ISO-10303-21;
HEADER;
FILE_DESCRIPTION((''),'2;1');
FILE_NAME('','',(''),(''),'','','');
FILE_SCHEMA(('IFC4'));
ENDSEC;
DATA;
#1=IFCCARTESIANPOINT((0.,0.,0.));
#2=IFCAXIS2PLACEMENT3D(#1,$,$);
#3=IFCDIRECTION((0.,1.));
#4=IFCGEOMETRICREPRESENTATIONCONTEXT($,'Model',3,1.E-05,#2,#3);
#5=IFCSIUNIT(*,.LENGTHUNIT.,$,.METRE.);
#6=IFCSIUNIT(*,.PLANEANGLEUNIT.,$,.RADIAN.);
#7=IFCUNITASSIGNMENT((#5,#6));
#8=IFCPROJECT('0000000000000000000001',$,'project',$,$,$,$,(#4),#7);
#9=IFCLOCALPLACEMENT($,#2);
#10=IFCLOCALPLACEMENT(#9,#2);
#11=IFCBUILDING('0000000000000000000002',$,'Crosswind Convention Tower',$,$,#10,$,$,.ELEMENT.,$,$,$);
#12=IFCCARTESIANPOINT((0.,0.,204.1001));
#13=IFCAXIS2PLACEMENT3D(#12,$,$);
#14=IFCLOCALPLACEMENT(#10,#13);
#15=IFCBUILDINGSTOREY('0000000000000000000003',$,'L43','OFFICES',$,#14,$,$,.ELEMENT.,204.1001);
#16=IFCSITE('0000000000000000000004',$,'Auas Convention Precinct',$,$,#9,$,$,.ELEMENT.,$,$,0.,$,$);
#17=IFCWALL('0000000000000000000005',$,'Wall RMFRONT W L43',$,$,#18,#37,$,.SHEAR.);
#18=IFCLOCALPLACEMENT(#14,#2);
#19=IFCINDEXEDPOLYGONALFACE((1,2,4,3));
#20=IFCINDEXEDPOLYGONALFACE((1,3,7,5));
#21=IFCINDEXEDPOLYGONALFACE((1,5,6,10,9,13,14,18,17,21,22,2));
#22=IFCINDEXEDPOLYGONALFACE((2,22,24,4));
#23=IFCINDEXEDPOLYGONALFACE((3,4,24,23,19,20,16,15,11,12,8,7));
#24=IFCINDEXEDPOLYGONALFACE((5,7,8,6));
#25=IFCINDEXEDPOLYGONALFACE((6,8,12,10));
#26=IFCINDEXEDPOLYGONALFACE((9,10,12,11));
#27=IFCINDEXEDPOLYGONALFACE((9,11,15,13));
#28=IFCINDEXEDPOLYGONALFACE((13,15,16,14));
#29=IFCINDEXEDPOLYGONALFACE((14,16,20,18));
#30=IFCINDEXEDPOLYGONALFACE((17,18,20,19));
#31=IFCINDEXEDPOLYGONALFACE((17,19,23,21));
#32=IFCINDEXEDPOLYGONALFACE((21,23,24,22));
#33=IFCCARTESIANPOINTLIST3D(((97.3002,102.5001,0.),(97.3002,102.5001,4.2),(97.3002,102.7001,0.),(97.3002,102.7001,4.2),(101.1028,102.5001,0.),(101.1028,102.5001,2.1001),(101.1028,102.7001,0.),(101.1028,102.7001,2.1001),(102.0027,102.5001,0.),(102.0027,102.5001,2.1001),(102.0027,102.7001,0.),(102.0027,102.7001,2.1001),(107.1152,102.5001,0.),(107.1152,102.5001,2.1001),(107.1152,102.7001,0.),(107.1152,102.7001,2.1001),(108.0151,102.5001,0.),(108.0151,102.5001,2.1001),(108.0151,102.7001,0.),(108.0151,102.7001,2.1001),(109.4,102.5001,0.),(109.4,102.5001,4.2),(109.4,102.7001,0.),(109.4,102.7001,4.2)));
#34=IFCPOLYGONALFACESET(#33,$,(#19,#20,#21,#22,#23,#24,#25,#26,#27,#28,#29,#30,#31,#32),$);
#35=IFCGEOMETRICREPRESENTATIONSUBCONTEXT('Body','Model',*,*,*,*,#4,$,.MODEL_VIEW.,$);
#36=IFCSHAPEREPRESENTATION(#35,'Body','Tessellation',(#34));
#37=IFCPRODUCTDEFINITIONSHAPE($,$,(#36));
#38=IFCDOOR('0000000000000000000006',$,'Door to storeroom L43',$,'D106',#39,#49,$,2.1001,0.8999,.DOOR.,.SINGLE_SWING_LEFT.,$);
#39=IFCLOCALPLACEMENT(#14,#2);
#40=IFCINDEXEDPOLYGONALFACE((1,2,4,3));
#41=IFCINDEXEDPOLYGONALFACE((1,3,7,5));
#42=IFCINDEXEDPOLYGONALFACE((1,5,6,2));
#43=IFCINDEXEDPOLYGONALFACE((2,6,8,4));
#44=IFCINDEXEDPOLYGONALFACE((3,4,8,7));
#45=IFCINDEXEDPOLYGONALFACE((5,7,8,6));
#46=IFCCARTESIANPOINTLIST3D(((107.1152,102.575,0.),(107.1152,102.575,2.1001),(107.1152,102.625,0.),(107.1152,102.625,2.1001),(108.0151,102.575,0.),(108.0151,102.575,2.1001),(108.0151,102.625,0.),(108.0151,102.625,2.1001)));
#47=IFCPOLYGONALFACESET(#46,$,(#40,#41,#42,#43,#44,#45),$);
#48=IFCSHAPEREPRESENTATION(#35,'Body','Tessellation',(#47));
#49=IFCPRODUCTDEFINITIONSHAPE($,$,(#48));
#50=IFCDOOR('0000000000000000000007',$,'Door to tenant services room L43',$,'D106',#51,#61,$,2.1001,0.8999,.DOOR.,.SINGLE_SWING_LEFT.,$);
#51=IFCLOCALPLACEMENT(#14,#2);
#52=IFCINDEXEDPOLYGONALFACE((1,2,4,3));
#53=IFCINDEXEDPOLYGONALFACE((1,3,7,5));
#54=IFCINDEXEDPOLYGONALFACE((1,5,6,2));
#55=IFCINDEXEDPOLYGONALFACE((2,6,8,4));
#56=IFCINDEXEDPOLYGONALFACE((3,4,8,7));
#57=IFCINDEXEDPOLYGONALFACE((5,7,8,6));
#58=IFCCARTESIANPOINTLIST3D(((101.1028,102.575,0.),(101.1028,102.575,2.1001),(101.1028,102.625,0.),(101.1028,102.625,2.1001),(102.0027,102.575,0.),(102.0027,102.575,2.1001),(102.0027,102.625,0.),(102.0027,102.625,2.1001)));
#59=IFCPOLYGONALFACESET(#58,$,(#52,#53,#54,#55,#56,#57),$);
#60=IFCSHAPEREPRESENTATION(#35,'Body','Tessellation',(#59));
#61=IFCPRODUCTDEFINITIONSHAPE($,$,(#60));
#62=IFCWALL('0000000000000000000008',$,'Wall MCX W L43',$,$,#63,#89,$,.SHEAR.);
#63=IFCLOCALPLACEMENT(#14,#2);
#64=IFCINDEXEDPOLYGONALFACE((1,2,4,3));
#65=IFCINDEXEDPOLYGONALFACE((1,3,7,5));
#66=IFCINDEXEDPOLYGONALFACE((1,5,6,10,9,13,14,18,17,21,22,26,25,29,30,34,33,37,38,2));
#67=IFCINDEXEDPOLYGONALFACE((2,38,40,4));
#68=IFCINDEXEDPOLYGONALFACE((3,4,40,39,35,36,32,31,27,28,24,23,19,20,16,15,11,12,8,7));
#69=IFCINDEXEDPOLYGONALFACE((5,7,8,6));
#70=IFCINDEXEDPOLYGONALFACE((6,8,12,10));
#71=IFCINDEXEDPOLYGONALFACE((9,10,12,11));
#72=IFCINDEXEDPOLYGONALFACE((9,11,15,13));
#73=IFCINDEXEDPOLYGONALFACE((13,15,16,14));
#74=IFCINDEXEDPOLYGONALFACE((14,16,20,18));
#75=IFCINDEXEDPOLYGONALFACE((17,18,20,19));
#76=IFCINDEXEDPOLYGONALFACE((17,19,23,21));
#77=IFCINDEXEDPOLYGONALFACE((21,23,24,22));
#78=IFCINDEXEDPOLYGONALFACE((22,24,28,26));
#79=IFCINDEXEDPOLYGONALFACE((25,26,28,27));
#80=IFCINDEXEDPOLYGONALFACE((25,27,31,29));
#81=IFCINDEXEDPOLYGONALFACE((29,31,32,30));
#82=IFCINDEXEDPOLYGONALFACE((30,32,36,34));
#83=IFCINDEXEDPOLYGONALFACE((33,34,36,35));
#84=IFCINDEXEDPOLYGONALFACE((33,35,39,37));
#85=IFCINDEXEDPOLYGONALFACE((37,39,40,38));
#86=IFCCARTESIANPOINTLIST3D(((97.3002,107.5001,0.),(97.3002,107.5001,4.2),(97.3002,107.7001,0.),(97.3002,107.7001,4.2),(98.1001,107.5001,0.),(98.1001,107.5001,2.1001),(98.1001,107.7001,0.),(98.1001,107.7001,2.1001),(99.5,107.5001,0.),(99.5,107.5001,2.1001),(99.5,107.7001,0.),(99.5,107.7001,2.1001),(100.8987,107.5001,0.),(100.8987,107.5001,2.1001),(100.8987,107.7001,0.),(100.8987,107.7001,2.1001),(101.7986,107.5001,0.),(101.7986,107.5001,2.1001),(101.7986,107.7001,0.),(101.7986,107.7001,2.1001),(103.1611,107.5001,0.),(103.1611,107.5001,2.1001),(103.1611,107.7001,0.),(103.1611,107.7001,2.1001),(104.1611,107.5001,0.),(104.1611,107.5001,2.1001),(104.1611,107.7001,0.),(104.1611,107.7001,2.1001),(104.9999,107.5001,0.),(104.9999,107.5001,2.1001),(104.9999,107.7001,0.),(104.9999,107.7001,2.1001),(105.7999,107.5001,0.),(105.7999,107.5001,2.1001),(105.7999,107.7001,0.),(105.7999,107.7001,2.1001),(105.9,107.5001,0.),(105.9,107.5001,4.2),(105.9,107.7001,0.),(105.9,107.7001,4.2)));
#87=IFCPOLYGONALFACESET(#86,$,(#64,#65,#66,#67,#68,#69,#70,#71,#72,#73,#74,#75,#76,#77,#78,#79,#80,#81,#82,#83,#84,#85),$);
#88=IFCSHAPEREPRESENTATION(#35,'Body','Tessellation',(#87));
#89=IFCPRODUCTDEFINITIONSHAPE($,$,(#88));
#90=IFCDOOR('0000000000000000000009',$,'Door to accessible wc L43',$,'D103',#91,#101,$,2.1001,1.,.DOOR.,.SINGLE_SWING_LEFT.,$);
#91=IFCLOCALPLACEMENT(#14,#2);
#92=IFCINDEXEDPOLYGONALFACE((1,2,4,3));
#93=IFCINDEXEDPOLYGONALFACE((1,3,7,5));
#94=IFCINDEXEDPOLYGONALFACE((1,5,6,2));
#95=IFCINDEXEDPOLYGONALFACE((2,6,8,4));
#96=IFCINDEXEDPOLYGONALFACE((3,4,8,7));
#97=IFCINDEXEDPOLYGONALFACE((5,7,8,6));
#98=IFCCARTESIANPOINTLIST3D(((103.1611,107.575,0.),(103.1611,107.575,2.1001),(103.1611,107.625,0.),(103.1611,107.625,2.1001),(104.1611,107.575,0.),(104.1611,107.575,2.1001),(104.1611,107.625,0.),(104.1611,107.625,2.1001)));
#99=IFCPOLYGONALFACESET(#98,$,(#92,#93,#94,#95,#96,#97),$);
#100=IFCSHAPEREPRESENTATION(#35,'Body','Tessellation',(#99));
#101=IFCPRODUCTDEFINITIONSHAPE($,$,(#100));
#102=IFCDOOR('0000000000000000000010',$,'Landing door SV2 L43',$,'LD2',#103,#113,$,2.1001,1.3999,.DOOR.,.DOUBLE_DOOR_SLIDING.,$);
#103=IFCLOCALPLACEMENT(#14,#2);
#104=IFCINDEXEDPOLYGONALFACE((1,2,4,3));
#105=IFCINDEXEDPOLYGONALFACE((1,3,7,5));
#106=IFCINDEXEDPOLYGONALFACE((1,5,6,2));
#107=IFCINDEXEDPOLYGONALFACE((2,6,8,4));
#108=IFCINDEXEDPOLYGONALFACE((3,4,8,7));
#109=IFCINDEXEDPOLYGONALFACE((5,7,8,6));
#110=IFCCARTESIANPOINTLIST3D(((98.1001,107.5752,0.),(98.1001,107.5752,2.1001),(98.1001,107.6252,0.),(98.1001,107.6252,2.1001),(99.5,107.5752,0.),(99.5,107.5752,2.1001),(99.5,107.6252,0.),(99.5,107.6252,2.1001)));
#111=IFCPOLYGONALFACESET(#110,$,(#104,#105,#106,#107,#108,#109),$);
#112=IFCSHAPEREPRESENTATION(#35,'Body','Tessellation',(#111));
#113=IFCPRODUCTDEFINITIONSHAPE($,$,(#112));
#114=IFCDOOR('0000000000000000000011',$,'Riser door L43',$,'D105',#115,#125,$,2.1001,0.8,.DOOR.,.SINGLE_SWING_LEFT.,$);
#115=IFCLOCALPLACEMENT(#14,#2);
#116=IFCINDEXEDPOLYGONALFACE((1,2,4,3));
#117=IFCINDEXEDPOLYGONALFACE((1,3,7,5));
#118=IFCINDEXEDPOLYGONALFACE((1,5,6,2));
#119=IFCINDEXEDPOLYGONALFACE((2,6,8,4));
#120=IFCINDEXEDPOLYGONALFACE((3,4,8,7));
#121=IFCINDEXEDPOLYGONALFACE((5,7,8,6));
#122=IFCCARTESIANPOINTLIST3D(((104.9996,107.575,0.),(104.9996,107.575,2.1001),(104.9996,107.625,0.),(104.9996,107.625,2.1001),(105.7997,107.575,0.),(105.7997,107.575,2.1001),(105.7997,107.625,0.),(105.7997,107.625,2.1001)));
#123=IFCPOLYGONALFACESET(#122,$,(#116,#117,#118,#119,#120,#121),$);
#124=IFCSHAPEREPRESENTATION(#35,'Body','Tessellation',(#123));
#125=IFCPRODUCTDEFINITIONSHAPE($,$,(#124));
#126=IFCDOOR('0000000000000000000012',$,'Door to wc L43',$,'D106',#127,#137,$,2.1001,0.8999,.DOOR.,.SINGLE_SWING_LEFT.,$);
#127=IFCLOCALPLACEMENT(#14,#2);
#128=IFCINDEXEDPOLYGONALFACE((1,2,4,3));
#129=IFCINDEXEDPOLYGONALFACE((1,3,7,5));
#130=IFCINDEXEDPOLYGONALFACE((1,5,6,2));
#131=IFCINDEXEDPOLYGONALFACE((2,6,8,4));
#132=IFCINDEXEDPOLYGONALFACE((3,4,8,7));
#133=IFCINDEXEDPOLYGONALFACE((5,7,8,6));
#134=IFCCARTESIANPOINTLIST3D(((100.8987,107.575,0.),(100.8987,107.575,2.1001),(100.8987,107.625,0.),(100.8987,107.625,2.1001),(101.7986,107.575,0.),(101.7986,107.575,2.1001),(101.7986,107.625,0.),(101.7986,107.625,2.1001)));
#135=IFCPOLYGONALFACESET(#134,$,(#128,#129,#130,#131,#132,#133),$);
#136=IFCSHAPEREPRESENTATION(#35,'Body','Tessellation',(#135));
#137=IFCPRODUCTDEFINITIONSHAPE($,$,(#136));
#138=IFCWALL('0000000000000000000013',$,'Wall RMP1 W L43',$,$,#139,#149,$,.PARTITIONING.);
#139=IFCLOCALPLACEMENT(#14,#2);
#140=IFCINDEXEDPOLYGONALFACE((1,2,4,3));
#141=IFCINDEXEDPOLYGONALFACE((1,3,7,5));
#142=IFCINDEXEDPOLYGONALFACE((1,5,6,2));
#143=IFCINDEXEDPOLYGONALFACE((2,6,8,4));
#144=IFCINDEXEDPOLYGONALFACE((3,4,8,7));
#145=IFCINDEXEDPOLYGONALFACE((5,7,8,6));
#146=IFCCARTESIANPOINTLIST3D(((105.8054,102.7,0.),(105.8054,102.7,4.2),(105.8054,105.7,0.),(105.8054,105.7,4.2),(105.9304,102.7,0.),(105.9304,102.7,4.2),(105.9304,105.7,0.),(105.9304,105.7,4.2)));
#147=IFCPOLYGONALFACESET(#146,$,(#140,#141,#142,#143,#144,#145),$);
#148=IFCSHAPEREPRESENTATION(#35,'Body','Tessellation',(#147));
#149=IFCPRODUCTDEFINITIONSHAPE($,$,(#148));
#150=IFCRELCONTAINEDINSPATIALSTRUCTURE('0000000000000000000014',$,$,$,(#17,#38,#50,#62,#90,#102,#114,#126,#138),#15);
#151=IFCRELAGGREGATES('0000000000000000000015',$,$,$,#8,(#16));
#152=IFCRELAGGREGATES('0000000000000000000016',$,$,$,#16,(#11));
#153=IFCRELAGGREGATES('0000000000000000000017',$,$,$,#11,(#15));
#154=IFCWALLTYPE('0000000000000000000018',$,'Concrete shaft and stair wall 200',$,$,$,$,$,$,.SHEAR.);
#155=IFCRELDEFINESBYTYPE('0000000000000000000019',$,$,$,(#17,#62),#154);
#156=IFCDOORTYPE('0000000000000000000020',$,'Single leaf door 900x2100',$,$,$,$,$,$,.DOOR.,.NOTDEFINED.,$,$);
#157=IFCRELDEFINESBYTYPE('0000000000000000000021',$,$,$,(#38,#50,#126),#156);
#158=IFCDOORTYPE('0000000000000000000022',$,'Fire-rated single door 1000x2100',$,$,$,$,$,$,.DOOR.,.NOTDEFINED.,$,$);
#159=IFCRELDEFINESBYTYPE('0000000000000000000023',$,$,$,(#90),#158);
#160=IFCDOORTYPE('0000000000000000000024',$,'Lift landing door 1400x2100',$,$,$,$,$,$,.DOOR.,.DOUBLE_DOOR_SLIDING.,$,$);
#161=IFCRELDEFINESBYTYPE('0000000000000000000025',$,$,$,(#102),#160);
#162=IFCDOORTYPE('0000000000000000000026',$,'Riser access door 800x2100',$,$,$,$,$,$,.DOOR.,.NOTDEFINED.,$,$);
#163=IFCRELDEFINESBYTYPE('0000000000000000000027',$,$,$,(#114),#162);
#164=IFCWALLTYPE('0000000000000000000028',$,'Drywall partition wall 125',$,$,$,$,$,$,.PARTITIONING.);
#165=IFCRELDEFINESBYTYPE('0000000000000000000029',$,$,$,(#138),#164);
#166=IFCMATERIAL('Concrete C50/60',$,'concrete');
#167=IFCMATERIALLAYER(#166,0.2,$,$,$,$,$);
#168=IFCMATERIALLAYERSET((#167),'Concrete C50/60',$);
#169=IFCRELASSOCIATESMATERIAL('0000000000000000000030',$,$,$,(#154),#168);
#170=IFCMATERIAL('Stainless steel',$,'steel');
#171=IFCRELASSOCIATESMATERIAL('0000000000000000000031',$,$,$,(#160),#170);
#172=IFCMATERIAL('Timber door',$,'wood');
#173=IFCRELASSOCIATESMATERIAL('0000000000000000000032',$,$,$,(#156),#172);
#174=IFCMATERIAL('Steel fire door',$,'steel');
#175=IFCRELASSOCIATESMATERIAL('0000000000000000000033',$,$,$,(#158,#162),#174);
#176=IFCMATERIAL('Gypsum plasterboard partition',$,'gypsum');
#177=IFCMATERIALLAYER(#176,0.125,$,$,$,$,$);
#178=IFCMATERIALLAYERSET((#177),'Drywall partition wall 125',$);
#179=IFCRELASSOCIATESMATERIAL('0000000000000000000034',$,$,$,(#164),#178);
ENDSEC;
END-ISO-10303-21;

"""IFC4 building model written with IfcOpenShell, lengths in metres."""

from ifc_helpers import new_model, si_unit, direction, frame, frame_2d, origin, place, context, subcontext, project, spatial, rectangle, extrude, material, layer, layer_set, type_object, element, fill, save


model = new_model("IFC4")

# Units and contexts
model_context = context("Model", 3, precision=1e-05, world=origin(), true_north=direction((0.0, 1.0)))
body_context = subcontext(model_context, "Body", "Model", "MODEL_VIEW")
ifc_project = project(units=[si_unit("LENGTHUNIT", "METRE"), si_unit("PLANEANGLEUNIT", "RADIAN")], contexts=[model_context])

# Site, building, storey
site_placement = place(None, origin())
site = spatial("IfcSite", under=ifc_project, at=site_placement, Name="Auas Convention Precinct", CompositionType="ELEMENT", RefElevation=0.0)
building_placement = place(site_placement, origin())
building = spatial("IfcBuilding", under=site, at=building_placement, Name="Crosswind Convention Tower", CompositionType="ELEMENT")
storey_placement = place(building_placement, frame((0.0, 0.0, 204.1001)))
storey = spatial("IfcBuildingStorey", under=building, at=storey_placement, Name="L43", Description="OFFICES", CompositionType="ELEMENT", Elevation=204.1001)

# Shared definitions
ifc_material_1 = material(Name="Concrete C50/60", Category="concrete")
ifc_layer_1 = layer(ifc_material_1, 0.2)
ifc_layer_set_1 = layer_set([ifc_layer_1], Name="Concrete C50/60")
wall_type_1 = type_object("IfcWallType", Name="Concrete shaft and stair wall 200", PredefinedType="SHEAR", material=ifc_layer_set_1)

# Shared definitions
ifc_material_2 = material(Name="Stainless steel", Category="steel")
door_type_1 = type_object("IfcDoorType", Name="Lift landing door 1400x2100", OperationType="DOUBLE_DOOR_SLIDING", PredefinedType="DOOR", material=ifc_material_2)

# Walls, openings, doors
wall_1_placement = place(storey_placement, frame((109.3999, 102.6001, 0.0), z_axis=(0.0, 0.0, 1.0), x_axis=(-1.0, 0.0, 0.0)))
wall_1 = element("IfcWall", 1, at=wall_1_placement, inside=storey, type_object=wall_type_1, Name="Wall RMFRONT W L43", PredefinedType="SHEAR", context=body_context, shape_type="SweptSolid", body=[
    extrude(rectangle(XDim=12.0999, YDim=0.2, at=frame_2d((6.0498, 0.0))), origin(), (0.0, 0.0, 1.0), 4.2),
])
opening_1_placement = place(wall_1_placement, frame((1.3848, 0.0, 0.0)))
opening_1 = element("IfcOpeningElement", 2, at=opening_1_placement, cuts=wall_1, PredefinedType="OPENING", context=body_context, shape_type="SweptSolid", body=[
    extrude(rectangle(XDim=0.8999, YDim=2.1001, at=frame_2d((0.45, 1.05))), frame((0.0, 0.1099, 0.0), z_axis=(0.0, -1.0, 0.0), x_axis=(1.0, 0.0, 0.0)), (0.0, 0.0, 1.0), 0.22),
])
opening_2_placement = place(wall_1_placement, frame((7.3972, 0.0, 0.0)))
opening_2 = element("IfcOpeningElement", 3, at=opening_2_placement, cuts=wall_1, PredefinedType="OPENING", context=body_context, shape_type="SweptSolid", body=[
    extrude(rectangle(XDim=0.8999, YDim=2.1001, at=frame_2d((0.45, 1.05))), frame((0.0, 0.1099, 0.0), z_axis=(0.0, -1.0, 0.0), x_axis=(1.0, 0.0, 0.0)), (0.0, 0.0, 1.0), 0.22),
])
ifc_material_3 = material(Name="Timber door", Category="wood")
door_type_2 = type_object("IfcDoorType", Name="Single leaf door 900x2100", OperationType="NOTDEFINED", PredefinedType="DOOR", material=ifc_material_3)
door_1_placement = place(opening_1_placement, frame((0.8999, 0.0, 0.0), z_axis=(0.0, 0.0, 1.0), x_axis=(-1.0, 0.0, 0.0)))
door_1 = element("IfcDoor", 4, at=door_1_placement, inside=storey, type_object=door_type_2, Name="Door to storeroom L43", ObjectType="D106", OperationType="SINGLE_SWING_LEFT", OverallHeight=2.1001, OverallWidth=0.8999, PredefinedType="DOOR", context=body_context, shape_type="SweptSolid", body=[
    extrude(rectangle(XDim=0.8999, YDim=2.1001, at=frame_2d((0.45, 1.05))), frame((0.0, 0.0249, 0.0), z_axis=(0.0, -1.0, 0.0), x_axis=(1.0, 0.0, 0.0)), (0.0, 0.0, 1.0), 0.05),
])
fill(opening_1, door_1)
door_2_placement = place(opening_2_placement, frame((0.8999, 0.0, 0.0), z_axis=(0.0, 0.0, 1.0), x_axis=(-1.0, 0.0, 0.0)))
door_2 = element("IfcDoor", 5, at=door_2_placement, inside=storey, type_object=door_type_2, Name="Door to tenant services room L43", ObjectType="D106", OperationType="SINGLE_SWING_LEFT", OverallHeight=2.1001, OverallWidth=0.8999, PredefinedType="DOOR", context=body_context, shape_type="SweptSolid", body=[
    extrude(rectangle(XDim=0.8999, YDim=2.1001, at=frame_2d((0.45, 1.05))), frame((0.0, 0.0249, 0.0), z_axis=(0.0, -1.0, 0.0), x_axis=(1.0, 0.0, 0.0)), (0.0, 0.0, 1.0), 0.05),
])
fill(opening_2, door_2)
wall_2_placement = place(storey_placement, frame((105.8999, 107.6001, 0.0), z_axis=(0.0, 0.0, 1.0), x_axis=(-1.0, 0.0, 0.0)))
wall_2 = element("IfcWall", 6, at=wall_2_placement, inside=storey, type_object=wall_type_1, Name="Wall MCX W L43", PredefinedType="SHEAR", context=body_context, shape_type="SweptSolid", body=[
    extrude(rectangle(XDim=8.5999, YDim=0.2, at=frame_2d((4.2998, 0.0))), origin(), (0.0, 0.0, 1.0), 4.2),
])
opening_3_placement = place(wall_2_placement, frame((0.1001, 0.0, 0.0)))
opening_3 = element("IfcOpeningElement", 7, at=opening_3_placement, cuts=wall_2, PredefinedType="OPENING", context=body_context, shape_type="SweptSolid", body=[
    extrude(rectangle(XDim=0.8, YDim=2.1001, at=frame_2d((0.3999, 1.05))), frame((0.0, 0.1099, 0.0), z_axis=(0.0, -1.0, 0.0), x_axis=(1.0, 0.0, 0.0)), (0.0, 0.0, 1.0), 0.22),
])
opening_4_placement = place(wall_2_placement, frame((1.7388, 0.0, 0.0)))
opening_4 = element("IfcOpeningElement", 8, at=opening_4_placement, cuts=wall_2, PredefinedType="OPENING", context=body_context, shape_type="SweptSolid", body=[
    extrude(rectangle(XDim=1.0, YDim=2.1001, at=frame_2d((0.5, 1.05))), frame((0.0, 0.1099, 0.0), z_axis=(0.0, -1.0, 0.0), x_axis=(1.0, 0.0, 0.0)), (0.0, 0.0, 1.0), 0.22),
])
opening_5_placement = place(wall_2_placement, frame((4.1013, 0.0, 0.0)))
opening_5 = element("IfcOpeningElement", 9, at=opening_5_placement, cuts=wall_2, PredefinedType="OPENING", context=body_context, shape_type="SweptSolid", body=[
    extrude(rectangle(XDim=0.8999, YDim=2.1001, at=frame_2d((0.45, 1.05))), frame((0.0, 0.1099, 0.0), z_axis=(0.0, -1.0, 0.0), x_axis=(1.0, 0.0, 0.0)), (0.0, 0.0, 1.0), 0.22),
])
opening_6_placement = place(wall_2_placement, frame((6.3999, 0.0, 0.0)))
opening_6 = element("IfcOpeningElement", 10, at=opening_6_placement, cuts=wall_2, PredefinedType="OPENING", context=body_context, shape_type="SweptSolid", body=[
    extrude(rectangle(XDim=1.3999, YDim=2.1001, at=frame_2d((0.7, 1.05))), frame((0.0, 0.1099, 0.0), z_axis=(0.0, -1.0, 0.0), x_axis=(1.0, 0.0, 0.0)), (0.0, 0.0, 1.0), 0.22),
])
ifc_material_4 = material(Name="Steel fire door", Category="steel")
door_type_3 = type_object("IfcDoorType", Name="Fire-rated single door 1000x2100", OperationType="NOTDEFINED", PredefinedType="DOOR", material=ifc_material_4)
door_3_placement = place(opening_4_placement, frame((1.0, 0.0, 0.0), z_axis=(0.0, 0.0, 1.0), x_axis=(-1.0, 0.0, 0.0)))
door_3 = element("IfcDoor", 11, at=door_3_placement, inside=storey, type_object=door_type_3, Name="Door to accessible wc L43", ObjectType="D103", OperationType="SINGLE_SWING_LEFT", OverallHeight=2.1001, OverallWidth=1.0, PredefinedType="DOOR", context=body_context, shape_type="SweptSolid", body=[
    extrude(rectangle(XDim=1.0, YDim=2.1001, at=frame_2d((0.5, 1.05))), frame((0.0, 0.0249, 0.0), z_axis=(0.0, -1.0, 0.0), x_axis=(1.0, 0.0, 0.0)), (0.0, 0.0, 1.0), 0.05),
])
fill(opening_4, door_3)
door_4_placement = place(opening_6_placement, origin())
door_4 = element("IfcDoor", 12, at=door_4_placement, inside=storey, type_object=door_type_1, Name="Landing door SV2 L43", ObjectType="LD2", OperationType="DOUBLE_DOOR_SLIDING", OverallHeight=2.1001, OverallWidth=1.3999, PredefinedType="DOOR", context=body_context, shape_type="SweptSolid", body=[
    extrude(rectangle(XDim=1.3999, YDim=2.1001, at=frame_2d((0.7, 1.05))), frame((0.0, 0.0249, 0.0), z_axis=(0.0, -1.0, 0.0), x_axis=(1.0, 0.0, 0.0)), (0.0, 0.0, 1.0), 0.05),
])
fill(opening_6, door_4)
door_type_4 = type_object("IfcDoorType", Name="Riser access door 800x2100", OperationType="NOTDEFINED", PredefinedType="DOOR", material=ifc_material_4)
door_5_placement = place(opening_3_placement, frame((0.8, 0.0, 0.0), z_axis=(0.0, 0.0, 1.0), x_axis=(-1.0, 0.0, 0.0)))
door_5 = element("IfcDoor", 13, at=door_5_placement, inside=storey, type_object=door_type_4, Name="Riser door L43", ObjectType="D105", OperationType="SINGLE_SWING_LEFT", OverallHeight=2.1001, OverallWidth=0.8, PredefinedType="DOOR", context=body_context, shape_type="SweptSolid", body=[
    extrude(rectangle(XDim=0.8, YDim=2.1001, at=frame_2d((0.3999, 1.05))), frame((0.0, 0.0249, 0.0), z_axis=(0.0, -1.0, 0.0), x_axis=(1.0, 0.0, 0.0)), (0.0, 0.0, 1.0), 0.05),
])
fill(opening_3, door_5)
door_6_placement = place(opening_5_placement, frame((0.8999, 0.0, 0.0), z_axis=(0.0, 0.0, 1.0), x_axis=(-1.0, 0.0, 0.0)))
door_6 = element("IfcDoor", 14, at=door_6_placement, inside=storey, type_object=door_type_2, Name="Door to wc L43", ObjectType="D106", OperationType="SINGLE_SWING_LEFT", OverallHeight=2.1001, OverallWidth=0.8999, PredefinedType="DOOR", context=body_context, shape_type="SweptSolid", body=[
    extrude(rectangle(XDim=0.8999, YDim=2.1001, at=frame_2d((0.45, 1.05))), frame((0.0, 0.0249, 0.0), z_axis=(0.0, -1.0, 0.0), x_axis=(1.0, 0.0, 0.0)), (0.0, 0.0, 1.0), 0.05),
])
fill(opening_5, door_6)

# Wall
ifc_material_5 = material(Name="Gypsum plasterboard partition", Category="gypsum")
ifc_layer_2 = layer(ifc_material_5, 0.125)
ifc_layer_set_2 = layer_set([ifc_layer_2], Name="Drywall partition wall 125")
wall_type_2 = type_object("IfcWallType", Name="Drywall partition wall 125", PredefinedType="PARTITIONING", material=ifc_layer_set_2)
wall_3_placement = place(storey_placement, frame((105.8679, 105.7, 0.0), z_axis=(0.0, 0.0, 1.0), x_axis=(0.0, -1.0, 0.0)))
element("IfcWall", 15, at=wall_3_placement, inside=storey, type_object=wall_type_2, Name="Wall RMP1 W L43", PredefinedType="PARTITIONING", context=body_context, shape_type="SweptSolid", body=[
    extrude(rectangle(XDim=3.0, YDim=0.125, at=frame_2d((1.5, 0.0))), origin(), (0.0, 0.0, 1.0), 4.2),
])

save(model, "model.ifc")
